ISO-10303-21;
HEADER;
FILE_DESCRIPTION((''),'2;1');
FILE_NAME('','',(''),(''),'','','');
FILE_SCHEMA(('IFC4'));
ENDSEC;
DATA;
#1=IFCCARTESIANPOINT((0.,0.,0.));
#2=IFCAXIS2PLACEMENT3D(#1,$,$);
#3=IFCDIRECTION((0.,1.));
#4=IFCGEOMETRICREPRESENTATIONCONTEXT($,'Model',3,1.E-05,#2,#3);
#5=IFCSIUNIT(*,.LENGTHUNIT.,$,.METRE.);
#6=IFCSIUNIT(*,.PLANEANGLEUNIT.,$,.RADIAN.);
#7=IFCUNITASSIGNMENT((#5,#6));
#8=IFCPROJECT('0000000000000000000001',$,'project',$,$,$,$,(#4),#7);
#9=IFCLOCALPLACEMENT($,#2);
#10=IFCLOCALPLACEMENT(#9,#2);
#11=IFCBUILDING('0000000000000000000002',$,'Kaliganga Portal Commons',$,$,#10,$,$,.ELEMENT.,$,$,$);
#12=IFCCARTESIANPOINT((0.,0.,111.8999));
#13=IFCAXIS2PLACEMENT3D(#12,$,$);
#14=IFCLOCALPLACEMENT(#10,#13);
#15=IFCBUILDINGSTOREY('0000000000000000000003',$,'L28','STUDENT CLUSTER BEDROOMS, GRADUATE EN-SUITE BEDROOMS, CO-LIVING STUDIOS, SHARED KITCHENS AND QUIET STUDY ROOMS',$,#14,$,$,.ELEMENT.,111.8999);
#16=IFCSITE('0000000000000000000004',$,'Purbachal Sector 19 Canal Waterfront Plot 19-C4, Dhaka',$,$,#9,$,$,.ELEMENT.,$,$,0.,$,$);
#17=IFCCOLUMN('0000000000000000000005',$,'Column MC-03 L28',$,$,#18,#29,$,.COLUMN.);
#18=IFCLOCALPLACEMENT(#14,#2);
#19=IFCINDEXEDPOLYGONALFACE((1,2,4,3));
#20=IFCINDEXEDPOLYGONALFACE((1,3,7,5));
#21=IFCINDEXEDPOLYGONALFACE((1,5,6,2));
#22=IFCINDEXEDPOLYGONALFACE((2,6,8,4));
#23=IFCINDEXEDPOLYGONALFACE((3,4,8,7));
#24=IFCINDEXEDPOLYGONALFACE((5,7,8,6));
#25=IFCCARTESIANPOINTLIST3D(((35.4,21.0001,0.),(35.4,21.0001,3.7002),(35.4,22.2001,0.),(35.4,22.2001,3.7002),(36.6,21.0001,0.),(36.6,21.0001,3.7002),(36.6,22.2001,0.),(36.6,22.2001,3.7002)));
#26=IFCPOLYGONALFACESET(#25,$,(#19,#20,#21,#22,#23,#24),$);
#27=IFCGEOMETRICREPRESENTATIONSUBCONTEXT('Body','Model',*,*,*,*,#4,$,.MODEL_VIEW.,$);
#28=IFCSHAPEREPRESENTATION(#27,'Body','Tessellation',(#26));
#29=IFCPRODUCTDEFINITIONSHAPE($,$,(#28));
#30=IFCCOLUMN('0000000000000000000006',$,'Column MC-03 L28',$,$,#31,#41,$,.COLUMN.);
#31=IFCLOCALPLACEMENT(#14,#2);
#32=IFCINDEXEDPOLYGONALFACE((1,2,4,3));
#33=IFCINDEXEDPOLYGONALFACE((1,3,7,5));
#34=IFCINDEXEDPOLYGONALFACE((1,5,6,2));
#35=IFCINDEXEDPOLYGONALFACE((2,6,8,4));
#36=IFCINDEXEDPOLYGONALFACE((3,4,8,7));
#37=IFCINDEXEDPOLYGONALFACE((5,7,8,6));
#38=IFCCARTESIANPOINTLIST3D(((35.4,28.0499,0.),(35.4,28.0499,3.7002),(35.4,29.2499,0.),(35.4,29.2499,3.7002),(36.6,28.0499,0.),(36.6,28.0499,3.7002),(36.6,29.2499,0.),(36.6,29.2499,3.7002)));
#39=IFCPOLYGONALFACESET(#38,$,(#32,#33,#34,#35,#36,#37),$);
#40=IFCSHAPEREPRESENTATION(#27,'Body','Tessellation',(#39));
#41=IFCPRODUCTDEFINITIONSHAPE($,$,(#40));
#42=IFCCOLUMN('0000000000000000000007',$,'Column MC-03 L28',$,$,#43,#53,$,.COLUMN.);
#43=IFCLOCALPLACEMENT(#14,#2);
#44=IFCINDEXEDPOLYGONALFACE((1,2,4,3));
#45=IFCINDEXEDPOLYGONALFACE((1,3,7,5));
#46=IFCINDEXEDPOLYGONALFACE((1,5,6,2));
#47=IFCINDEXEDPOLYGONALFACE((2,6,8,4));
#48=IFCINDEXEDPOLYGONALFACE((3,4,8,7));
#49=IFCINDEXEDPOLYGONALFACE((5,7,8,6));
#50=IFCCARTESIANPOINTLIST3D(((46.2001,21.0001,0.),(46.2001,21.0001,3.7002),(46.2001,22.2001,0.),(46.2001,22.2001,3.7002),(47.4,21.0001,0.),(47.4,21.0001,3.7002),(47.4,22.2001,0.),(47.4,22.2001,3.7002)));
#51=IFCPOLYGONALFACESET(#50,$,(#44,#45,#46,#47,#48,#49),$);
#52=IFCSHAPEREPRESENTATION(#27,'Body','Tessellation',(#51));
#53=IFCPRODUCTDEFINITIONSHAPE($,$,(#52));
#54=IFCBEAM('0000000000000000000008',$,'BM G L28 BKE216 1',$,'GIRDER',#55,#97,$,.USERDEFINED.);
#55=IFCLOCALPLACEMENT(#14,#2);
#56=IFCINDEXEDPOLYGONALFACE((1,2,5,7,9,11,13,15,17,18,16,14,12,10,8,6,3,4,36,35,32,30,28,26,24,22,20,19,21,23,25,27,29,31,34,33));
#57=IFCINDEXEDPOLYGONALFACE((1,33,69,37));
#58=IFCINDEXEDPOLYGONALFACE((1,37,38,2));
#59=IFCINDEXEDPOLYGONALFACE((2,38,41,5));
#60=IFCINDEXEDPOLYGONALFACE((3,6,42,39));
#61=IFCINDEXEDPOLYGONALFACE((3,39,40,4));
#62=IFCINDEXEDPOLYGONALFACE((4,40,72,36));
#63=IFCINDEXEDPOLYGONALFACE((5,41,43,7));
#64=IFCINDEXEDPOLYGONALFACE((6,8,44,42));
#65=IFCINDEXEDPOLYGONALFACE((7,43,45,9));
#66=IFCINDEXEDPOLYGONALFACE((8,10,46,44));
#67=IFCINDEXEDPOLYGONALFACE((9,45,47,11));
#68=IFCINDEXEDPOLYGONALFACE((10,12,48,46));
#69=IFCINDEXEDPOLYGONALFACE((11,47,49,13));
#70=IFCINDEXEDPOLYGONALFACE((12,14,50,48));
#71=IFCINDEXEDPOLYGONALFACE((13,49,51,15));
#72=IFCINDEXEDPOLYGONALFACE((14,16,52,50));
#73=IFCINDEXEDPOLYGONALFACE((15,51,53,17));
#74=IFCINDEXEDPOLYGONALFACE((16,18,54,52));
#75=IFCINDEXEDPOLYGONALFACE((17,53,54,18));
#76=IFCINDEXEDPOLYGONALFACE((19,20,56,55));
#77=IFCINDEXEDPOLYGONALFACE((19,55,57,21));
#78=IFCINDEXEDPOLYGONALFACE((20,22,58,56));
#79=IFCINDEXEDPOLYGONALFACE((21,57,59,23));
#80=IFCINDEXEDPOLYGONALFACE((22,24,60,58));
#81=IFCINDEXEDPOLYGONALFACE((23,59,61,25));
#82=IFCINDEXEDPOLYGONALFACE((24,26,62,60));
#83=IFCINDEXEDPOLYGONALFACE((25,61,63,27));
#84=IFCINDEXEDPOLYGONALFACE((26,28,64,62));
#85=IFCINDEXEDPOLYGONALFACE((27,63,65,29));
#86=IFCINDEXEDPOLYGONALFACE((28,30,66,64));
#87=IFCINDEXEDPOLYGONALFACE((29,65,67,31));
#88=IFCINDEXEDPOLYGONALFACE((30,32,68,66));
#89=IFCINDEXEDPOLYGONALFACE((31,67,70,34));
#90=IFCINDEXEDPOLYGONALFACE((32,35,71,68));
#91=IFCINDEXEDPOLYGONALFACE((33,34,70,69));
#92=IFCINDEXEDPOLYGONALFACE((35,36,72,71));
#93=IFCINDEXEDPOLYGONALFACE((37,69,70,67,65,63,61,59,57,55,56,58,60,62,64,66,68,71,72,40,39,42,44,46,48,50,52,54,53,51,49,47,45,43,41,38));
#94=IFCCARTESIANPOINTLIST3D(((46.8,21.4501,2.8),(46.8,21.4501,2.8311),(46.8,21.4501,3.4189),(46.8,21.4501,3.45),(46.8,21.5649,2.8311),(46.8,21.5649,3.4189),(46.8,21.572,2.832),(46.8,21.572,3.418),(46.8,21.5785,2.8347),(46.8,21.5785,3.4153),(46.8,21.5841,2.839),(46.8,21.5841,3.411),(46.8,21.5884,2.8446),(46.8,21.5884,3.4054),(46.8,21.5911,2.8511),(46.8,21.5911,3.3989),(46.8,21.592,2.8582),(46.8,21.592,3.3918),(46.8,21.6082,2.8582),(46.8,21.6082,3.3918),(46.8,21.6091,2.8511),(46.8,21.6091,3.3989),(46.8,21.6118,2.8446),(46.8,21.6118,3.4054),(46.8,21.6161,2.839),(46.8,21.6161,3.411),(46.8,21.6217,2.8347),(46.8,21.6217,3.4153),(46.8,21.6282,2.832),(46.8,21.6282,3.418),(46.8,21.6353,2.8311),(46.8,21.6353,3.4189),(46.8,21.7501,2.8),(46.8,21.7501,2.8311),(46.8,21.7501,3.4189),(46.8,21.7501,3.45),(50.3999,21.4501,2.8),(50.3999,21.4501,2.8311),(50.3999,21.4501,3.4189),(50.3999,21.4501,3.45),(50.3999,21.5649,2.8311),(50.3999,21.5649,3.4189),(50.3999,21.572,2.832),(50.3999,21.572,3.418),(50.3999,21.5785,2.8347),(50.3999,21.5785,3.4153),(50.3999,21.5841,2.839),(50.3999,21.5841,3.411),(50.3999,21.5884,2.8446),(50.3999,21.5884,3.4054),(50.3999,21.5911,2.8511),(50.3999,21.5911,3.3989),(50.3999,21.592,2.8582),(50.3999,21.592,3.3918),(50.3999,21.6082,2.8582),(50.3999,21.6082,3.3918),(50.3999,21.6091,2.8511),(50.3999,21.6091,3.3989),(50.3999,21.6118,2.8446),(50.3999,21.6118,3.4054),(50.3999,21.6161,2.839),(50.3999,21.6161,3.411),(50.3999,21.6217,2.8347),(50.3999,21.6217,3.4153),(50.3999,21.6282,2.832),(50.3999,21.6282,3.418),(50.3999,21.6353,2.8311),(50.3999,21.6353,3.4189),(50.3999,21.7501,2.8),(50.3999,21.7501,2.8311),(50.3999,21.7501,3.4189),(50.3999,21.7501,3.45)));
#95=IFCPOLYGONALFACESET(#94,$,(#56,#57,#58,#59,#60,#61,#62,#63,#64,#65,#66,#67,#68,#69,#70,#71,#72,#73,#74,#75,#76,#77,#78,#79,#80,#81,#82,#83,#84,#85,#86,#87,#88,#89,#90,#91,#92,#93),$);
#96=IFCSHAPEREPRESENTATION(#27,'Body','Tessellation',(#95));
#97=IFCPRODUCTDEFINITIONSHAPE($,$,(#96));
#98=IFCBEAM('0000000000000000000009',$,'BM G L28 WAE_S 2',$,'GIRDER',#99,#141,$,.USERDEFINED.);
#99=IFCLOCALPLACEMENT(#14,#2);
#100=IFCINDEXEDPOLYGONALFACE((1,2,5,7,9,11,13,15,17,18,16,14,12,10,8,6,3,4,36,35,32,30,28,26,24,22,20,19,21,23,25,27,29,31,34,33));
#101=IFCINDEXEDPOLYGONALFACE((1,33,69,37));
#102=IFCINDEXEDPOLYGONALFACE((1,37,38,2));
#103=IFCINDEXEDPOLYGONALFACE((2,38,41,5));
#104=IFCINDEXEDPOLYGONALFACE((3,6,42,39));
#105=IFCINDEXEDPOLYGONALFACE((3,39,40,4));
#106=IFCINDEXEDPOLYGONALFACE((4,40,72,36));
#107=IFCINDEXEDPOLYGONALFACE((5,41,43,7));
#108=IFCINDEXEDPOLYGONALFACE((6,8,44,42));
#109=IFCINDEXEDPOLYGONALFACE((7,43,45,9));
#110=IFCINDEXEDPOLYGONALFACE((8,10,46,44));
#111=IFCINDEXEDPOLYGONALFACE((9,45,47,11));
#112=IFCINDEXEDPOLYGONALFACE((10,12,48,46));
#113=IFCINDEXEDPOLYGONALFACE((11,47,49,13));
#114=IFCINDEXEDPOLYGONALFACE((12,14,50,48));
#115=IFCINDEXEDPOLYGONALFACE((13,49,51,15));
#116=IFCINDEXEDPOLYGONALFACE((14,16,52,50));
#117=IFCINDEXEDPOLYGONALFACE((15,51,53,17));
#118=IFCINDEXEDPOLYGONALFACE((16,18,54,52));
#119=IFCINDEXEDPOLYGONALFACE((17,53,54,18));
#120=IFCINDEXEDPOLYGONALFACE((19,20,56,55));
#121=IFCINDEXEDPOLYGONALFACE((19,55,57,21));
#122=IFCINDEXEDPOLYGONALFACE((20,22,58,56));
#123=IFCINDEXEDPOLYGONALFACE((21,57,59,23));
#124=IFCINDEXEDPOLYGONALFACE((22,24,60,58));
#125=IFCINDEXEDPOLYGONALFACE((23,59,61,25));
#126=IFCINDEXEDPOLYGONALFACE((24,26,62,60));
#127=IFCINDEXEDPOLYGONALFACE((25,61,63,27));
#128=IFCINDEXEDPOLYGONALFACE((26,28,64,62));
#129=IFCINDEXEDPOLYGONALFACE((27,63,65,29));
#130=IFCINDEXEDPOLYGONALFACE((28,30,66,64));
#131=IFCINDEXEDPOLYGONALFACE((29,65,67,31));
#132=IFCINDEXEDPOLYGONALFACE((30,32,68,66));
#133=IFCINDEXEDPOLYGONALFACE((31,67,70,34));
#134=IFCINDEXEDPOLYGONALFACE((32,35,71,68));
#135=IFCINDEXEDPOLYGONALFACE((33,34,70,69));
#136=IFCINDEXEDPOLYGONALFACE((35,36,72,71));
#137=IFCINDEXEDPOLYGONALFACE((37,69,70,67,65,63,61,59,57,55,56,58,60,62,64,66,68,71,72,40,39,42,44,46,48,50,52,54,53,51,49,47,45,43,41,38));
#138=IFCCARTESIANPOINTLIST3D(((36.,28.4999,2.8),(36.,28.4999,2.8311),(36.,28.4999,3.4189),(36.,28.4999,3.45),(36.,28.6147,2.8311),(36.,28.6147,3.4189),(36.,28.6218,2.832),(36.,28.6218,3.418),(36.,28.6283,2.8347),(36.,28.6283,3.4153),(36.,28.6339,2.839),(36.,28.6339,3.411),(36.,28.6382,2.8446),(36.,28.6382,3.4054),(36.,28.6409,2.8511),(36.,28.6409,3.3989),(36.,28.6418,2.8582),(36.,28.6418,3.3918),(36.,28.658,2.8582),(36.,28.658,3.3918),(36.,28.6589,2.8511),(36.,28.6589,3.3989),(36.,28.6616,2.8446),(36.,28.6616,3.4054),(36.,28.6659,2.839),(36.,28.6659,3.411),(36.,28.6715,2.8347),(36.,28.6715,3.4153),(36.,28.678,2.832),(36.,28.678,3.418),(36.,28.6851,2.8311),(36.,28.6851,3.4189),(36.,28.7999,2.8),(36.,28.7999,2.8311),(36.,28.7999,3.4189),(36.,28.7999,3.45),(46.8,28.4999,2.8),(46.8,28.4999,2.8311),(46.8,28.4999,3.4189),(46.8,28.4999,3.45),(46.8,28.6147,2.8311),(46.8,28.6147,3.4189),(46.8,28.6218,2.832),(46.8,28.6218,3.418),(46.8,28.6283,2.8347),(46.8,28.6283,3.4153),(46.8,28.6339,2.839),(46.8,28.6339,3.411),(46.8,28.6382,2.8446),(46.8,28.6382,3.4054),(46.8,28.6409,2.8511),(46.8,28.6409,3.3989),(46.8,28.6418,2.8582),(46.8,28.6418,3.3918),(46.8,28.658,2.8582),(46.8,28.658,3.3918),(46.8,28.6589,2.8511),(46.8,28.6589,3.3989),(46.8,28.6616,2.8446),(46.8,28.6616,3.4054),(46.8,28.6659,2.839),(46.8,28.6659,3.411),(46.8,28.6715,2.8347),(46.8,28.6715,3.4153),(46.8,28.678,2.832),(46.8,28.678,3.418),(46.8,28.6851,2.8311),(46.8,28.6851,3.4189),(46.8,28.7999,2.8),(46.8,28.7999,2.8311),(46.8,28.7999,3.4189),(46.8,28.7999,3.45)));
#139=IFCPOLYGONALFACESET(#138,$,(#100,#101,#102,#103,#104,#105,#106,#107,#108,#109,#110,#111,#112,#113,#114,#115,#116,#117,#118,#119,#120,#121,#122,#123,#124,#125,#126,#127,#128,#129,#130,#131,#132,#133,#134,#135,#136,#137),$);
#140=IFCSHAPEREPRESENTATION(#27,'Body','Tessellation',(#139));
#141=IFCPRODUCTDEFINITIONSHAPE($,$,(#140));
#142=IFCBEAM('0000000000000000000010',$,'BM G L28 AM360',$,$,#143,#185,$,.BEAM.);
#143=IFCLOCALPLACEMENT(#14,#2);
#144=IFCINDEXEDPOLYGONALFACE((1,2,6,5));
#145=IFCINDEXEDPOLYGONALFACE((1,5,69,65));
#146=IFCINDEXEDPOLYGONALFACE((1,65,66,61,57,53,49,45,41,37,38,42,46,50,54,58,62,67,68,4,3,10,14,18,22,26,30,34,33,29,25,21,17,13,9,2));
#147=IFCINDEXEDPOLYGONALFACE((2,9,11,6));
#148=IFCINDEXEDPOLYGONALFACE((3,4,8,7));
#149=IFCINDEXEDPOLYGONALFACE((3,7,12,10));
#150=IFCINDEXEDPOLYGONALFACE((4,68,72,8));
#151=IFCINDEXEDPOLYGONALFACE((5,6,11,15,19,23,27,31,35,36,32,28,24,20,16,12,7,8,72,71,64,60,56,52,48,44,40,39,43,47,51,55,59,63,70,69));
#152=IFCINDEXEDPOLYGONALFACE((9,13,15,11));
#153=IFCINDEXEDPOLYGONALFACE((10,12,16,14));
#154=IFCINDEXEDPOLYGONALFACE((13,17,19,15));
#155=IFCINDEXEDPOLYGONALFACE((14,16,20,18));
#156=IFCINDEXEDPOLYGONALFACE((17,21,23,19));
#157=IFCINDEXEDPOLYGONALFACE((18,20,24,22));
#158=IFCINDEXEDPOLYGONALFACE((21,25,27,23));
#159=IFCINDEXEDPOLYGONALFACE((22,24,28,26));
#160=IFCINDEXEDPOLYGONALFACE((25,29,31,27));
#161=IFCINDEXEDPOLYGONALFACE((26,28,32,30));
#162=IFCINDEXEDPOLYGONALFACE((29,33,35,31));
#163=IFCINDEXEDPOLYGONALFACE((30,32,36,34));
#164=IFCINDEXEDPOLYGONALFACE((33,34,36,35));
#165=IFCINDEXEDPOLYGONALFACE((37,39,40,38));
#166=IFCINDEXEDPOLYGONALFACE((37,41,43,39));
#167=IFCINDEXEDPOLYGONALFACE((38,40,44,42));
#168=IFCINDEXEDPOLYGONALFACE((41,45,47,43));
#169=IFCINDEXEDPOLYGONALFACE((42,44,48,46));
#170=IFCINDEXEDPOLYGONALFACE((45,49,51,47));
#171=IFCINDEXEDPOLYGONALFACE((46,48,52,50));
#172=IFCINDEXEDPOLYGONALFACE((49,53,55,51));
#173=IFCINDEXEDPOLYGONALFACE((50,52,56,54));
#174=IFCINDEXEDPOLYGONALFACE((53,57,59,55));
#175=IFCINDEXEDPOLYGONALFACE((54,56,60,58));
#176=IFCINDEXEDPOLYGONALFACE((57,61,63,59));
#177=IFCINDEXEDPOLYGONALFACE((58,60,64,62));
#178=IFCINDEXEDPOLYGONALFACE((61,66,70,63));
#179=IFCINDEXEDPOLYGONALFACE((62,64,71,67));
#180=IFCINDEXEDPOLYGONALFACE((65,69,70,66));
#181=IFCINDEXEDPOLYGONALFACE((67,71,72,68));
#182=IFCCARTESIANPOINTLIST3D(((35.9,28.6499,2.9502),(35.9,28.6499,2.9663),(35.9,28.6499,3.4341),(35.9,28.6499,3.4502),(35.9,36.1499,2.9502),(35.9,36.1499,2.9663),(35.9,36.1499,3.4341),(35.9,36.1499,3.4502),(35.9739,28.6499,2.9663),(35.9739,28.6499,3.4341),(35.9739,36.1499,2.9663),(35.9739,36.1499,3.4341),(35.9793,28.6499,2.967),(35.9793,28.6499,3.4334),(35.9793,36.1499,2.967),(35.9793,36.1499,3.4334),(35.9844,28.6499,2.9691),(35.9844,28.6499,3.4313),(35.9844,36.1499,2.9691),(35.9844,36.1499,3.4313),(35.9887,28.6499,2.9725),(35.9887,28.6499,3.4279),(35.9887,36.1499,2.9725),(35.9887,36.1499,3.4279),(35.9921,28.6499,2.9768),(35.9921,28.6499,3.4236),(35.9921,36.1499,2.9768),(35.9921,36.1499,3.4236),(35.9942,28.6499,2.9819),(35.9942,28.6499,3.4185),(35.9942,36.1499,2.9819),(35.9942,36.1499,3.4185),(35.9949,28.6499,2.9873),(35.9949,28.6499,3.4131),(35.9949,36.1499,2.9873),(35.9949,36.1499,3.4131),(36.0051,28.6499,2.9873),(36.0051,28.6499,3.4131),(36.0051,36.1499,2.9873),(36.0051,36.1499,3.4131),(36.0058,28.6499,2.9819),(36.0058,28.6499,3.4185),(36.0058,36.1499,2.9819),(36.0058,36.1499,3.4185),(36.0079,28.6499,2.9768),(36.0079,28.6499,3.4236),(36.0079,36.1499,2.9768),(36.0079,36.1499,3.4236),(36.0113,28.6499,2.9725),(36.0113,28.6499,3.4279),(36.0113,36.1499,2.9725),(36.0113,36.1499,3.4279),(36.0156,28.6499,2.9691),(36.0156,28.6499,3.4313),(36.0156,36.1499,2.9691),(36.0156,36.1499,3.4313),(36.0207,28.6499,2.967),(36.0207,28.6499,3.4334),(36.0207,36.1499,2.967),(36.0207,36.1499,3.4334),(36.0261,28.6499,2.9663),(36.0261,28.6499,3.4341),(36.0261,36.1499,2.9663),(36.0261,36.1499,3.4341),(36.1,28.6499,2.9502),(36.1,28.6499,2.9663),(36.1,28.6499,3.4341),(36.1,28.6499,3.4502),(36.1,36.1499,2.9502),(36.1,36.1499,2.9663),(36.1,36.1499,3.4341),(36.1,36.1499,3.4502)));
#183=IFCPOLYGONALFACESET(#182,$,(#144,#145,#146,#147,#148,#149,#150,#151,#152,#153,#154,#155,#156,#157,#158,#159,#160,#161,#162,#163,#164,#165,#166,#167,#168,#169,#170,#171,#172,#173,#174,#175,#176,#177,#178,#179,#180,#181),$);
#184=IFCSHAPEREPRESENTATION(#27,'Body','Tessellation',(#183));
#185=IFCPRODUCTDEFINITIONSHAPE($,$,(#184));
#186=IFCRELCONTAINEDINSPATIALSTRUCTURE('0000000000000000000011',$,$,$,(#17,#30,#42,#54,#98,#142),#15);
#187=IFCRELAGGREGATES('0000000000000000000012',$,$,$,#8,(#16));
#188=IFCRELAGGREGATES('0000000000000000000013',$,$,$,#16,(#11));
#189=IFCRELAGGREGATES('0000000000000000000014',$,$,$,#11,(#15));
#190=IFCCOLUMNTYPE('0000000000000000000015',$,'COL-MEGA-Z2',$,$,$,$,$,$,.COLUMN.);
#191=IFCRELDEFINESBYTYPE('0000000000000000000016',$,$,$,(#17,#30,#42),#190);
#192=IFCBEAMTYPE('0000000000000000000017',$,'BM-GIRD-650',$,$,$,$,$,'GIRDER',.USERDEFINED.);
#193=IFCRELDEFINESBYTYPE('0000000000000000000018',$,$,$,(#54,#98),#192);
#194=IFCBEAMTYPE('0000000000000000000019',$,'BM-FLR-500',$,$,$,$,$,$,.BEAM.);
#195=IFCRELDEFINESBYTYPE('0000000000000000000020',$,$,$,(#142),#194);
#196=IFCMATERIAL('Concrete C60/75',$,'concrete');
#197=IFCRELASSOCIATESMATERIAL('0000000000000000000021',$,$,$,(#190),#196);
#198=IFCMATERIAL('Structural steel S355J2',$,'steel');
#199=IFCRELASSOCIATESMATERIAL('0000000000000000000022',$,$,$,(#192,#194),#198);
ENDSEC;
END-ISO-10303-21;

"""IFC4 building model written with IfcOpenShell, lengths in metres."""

from ifc_helpers import new_model, si_unit, direction, frame, origin, origin_2d, place, context, subcontext, project, spatial, rectangle, i_section, extrude, source, transform, mapped, material, material_profile, profile_set, type_object, element, save


model = new_model("IFC4")

# Units and contexts
model_context = context("Model", 3, precision=1e-05, world=origin(), true_north=direction((0.0, 1.0)))
body_context = subcontext(model_context, "Body", "Model", "MODEL_VIEW")
ifc_project = project(units=[si_unit("LENGTHUNIT", "METRE"), si_unit("PLANEANGLEUNIT", "RADIAN")], contexts=[model_context])

# Site, building, storey
site_placement = place(None, origin())
site = spatial("IfcSite", under=ifc_project, at=site_placement, Name="Purbachal Sector 19 Canal Waterfront Plot 19-C4, Dhaka", CompositionType="ELEMENT", RefElevation=0.0)
building_placement = place(site_placement, origin())
building = spatial("IfcBuilding", under=site, at=building_placement, Name="Kaliganga Portal Commons", CompositionType="ELEMENT")
storey_placement = place(building_placement, frame((0.0, 0.0, 111.8999)))
storey = spatial("IfcBuildingStorey", under=building, at=storey_placement, Name="L28", Description="STUDENT CLUSTER BEDROOMS, GRADUATE EN-SUITE BEDROOMS, CO-LIVING STUDIOS, SHARED KITCHENS AND QUIET STUDY ROOMS", CompositionType="ELEMENT", Elevation=111.8999)

# Columns
ifc_material_1 = material(Name="Concrete C60/75", Category="concrete")
ifc_material_profile_1 = material_profile(ifc_material_1, rectangle(XDim=1.2, YDim=1.2, at=origin_2d()), Name="RC 1200x1200")
ifc_profile_set_1 = profile_set([ifc_material_profile_1], Name="Concrete C60/75")
column_type = type_object("IfcColumnType", Name="COL-MEGA-Z2", PredefinedType="COLUMN", material=ifc_profile_set_1)
shared_shape_1 = source(origin(), body_context, "Body", "SweptSolid", [
    extrude(rectangle(XDim=1.2, YDim=1.2, at=origin_2d()), origin(), (0.0, 0.0, 1.0), 3.7002),
])
for number, where, z_axis, x_axis, name in (
    (1, (36.0, 21.6001, 0.0), (0.0, 0.0, 1.0), (1.0, 0.0, 0.0), "Column MC-03 L28"),
    (2, (36.0, 28.6499, 0.0), (0.0, 0.0, 1.0), (1.0, 0.0, 0.0), "Column MC-03 L28"),
    (3, (46.8, 21.6001, 0.0), (0.0, 0.0, 1.0), (1.0, 0.0, 0.0), "Column MC-03 L28"),
):
    element("IfcColumn", number, at=place(storey_placement, frame(where, z_axis=z_axis, x_axis=x_axis)), inside=storey, type_object=column_type, Name=name, PredefinedType="COLUMN", context=body_context, shape_type="MappedRepresentation", body=[
        mapped(shared_shape_1, transform((0.0, 0.0, 0.0), x_axis=(1.0, 0.0, 0.0), y_axis=(0.0, 1.0, 0.0), z_axis=(0.0, 0.0, 1.0), scale=1.0)),
    ])

# Beams
ifc_material_2 = material(Name="Structural steel S355J2", Category="steel")
ifc_material_profile_2 = material_profile(ifc_material_2, i_section(OverallWidth=0.3, OverallDepth=0.6499, WebThickness=0.0161, FlangeThickness=0.031, FilletRadius=0.0271, at=origin_2d()), Name="HE 650 B")
ifc_profile_set_2 = profile_set([ifc_material_profile_2], Name="Structural steel S355J2 wide-flange")
beam_type_1 = type_object("IfcBeamType", Name="BM-GIRD-650", ElementType="GIRDER", PredefinedType="USERDEFINED", material=ifc_profile_set_2)
shared_shape_2 = source(origin(), body_context, "Body", "SweptSolid", [
    extrude(i_section(OverallWidth=0.3, OverallDepth=0.6499, WebThickness=0.0161, FlangeThickness=0.031, FilletRadius=0.0271, at=origin_2d()), origin(), (0.0, 0.0, 1.0), 3.5999),
])
beam_1_placement = place(storey_placement, frame((46.8, 21.6001, 3.125), z_axis=(1.0, 0.0, 0.0), x_axis=(0.0, 1.0, 0.0)))
element("IfcBeam", 4, at=beam_1_placement, inside=storey, type_object=beam_type_1, Name="BM G L28 BKE216 1", ObjectType="GIRDER", PredefinedType="USERDEFINED", context=body_context, shape_type="MappedRepresentation", body=[
    mapped(shared_shape_2, transform((0.0, 0.0, 0.0), x_axis=(1.0, 0.0, 0.0), y_axis=(0.0, 1.0, 0.0), z_axis=(0.0, 0.0, 1.0), scale=1.0)),
])
shared_shape_3 = source(origin(), body_context, "Body", "SweptSolid", [
    extrude(i_section(OverallWidth=0.3, OverallDepth=0.6499, WebThickness=0.0161, FlangeThickness=0.031, FilletRadius=0.0271, at=origin_2d()), origin(), (0.0, 0.0, 1.0), 10.8),
])
beam_2_placement = place(storey_placement, frame((36.0, 28.6499, 3.125), z_axis=(1.0, 0.0, 0.0), x_axis=(0.0, 1.0, 0.0)))
element("IfcBeam", 5, at=beam_2_placement, inside=storey, type_object=beam_type_1, Name="BM G L28 WAE_S 2", ObjectType="GIRDER", PredefinedType="USERDEFINED", context=body_context, shape_type="MappedRepresentation", body=[
    mapped(shared_shape_3, transform((0.0, 0.0, 0.0), x_axis=(1.0, 0.0, 0.0), y_axis=(0.0, 1.0, 0.0), z_axis=(0.0, 0.0, 1.0), scale=1.0)),
])
ifc_material_profile_3 = material_profile(ifc_material_2, i_section(OverallWidth=0.2, OverallDepth=0.5, WebThickness=0.0103, FlangeThickness=0.0161, FilletRadius=0.021, at=origin_2d()), Name="IPE 500")
ifc_profile_set_3 = profile_set([ifc_material_profile_3], Name="Structural steel S355J2 wide-flange")
beam_type_2 = type_object("IfcBeamType", Name="BM-FLR-500", PredefinedType="BEAM", material=ifc_profile_set_3)
shared_shape_4 = source(origin(), body_context, "Body", "SweptSolid", [
    extrude(i_section(OverallWidth=0.2, OverallDepth=0.5, WebThickness=0.0103, FlangeThickness=0.0161, FilletRadius=0.021, at=origin_2d()), origin(), (0.0, 0.0, 1.0), 7.5),
])
beam_3_placement = place(storey_placement, frame((36.0, 28.6499, 3.2002), z_axis=(0.0, 1.0, 0.0), x_axis=(-1.0, 0.0, 0.0)))
element("IfcBeam", 6, at=beam_3_placement, inside=storey, type_object=beam_type_2, Name="BM G L28 AM360", PredefinedType="BEAM", context=body_context, shape_type="MappedRepresentation", body=[
    mapped(shared_shape_4, transform((0.0, 0.0, 0.0), x_axis=(1.0, 0.0, 0.0), y_axis=(0.0, 1.0, 0.0), z_axis=(0.0, 0.0, 1.0), scale=1.0)),
])

save(model, "model.ifc")
